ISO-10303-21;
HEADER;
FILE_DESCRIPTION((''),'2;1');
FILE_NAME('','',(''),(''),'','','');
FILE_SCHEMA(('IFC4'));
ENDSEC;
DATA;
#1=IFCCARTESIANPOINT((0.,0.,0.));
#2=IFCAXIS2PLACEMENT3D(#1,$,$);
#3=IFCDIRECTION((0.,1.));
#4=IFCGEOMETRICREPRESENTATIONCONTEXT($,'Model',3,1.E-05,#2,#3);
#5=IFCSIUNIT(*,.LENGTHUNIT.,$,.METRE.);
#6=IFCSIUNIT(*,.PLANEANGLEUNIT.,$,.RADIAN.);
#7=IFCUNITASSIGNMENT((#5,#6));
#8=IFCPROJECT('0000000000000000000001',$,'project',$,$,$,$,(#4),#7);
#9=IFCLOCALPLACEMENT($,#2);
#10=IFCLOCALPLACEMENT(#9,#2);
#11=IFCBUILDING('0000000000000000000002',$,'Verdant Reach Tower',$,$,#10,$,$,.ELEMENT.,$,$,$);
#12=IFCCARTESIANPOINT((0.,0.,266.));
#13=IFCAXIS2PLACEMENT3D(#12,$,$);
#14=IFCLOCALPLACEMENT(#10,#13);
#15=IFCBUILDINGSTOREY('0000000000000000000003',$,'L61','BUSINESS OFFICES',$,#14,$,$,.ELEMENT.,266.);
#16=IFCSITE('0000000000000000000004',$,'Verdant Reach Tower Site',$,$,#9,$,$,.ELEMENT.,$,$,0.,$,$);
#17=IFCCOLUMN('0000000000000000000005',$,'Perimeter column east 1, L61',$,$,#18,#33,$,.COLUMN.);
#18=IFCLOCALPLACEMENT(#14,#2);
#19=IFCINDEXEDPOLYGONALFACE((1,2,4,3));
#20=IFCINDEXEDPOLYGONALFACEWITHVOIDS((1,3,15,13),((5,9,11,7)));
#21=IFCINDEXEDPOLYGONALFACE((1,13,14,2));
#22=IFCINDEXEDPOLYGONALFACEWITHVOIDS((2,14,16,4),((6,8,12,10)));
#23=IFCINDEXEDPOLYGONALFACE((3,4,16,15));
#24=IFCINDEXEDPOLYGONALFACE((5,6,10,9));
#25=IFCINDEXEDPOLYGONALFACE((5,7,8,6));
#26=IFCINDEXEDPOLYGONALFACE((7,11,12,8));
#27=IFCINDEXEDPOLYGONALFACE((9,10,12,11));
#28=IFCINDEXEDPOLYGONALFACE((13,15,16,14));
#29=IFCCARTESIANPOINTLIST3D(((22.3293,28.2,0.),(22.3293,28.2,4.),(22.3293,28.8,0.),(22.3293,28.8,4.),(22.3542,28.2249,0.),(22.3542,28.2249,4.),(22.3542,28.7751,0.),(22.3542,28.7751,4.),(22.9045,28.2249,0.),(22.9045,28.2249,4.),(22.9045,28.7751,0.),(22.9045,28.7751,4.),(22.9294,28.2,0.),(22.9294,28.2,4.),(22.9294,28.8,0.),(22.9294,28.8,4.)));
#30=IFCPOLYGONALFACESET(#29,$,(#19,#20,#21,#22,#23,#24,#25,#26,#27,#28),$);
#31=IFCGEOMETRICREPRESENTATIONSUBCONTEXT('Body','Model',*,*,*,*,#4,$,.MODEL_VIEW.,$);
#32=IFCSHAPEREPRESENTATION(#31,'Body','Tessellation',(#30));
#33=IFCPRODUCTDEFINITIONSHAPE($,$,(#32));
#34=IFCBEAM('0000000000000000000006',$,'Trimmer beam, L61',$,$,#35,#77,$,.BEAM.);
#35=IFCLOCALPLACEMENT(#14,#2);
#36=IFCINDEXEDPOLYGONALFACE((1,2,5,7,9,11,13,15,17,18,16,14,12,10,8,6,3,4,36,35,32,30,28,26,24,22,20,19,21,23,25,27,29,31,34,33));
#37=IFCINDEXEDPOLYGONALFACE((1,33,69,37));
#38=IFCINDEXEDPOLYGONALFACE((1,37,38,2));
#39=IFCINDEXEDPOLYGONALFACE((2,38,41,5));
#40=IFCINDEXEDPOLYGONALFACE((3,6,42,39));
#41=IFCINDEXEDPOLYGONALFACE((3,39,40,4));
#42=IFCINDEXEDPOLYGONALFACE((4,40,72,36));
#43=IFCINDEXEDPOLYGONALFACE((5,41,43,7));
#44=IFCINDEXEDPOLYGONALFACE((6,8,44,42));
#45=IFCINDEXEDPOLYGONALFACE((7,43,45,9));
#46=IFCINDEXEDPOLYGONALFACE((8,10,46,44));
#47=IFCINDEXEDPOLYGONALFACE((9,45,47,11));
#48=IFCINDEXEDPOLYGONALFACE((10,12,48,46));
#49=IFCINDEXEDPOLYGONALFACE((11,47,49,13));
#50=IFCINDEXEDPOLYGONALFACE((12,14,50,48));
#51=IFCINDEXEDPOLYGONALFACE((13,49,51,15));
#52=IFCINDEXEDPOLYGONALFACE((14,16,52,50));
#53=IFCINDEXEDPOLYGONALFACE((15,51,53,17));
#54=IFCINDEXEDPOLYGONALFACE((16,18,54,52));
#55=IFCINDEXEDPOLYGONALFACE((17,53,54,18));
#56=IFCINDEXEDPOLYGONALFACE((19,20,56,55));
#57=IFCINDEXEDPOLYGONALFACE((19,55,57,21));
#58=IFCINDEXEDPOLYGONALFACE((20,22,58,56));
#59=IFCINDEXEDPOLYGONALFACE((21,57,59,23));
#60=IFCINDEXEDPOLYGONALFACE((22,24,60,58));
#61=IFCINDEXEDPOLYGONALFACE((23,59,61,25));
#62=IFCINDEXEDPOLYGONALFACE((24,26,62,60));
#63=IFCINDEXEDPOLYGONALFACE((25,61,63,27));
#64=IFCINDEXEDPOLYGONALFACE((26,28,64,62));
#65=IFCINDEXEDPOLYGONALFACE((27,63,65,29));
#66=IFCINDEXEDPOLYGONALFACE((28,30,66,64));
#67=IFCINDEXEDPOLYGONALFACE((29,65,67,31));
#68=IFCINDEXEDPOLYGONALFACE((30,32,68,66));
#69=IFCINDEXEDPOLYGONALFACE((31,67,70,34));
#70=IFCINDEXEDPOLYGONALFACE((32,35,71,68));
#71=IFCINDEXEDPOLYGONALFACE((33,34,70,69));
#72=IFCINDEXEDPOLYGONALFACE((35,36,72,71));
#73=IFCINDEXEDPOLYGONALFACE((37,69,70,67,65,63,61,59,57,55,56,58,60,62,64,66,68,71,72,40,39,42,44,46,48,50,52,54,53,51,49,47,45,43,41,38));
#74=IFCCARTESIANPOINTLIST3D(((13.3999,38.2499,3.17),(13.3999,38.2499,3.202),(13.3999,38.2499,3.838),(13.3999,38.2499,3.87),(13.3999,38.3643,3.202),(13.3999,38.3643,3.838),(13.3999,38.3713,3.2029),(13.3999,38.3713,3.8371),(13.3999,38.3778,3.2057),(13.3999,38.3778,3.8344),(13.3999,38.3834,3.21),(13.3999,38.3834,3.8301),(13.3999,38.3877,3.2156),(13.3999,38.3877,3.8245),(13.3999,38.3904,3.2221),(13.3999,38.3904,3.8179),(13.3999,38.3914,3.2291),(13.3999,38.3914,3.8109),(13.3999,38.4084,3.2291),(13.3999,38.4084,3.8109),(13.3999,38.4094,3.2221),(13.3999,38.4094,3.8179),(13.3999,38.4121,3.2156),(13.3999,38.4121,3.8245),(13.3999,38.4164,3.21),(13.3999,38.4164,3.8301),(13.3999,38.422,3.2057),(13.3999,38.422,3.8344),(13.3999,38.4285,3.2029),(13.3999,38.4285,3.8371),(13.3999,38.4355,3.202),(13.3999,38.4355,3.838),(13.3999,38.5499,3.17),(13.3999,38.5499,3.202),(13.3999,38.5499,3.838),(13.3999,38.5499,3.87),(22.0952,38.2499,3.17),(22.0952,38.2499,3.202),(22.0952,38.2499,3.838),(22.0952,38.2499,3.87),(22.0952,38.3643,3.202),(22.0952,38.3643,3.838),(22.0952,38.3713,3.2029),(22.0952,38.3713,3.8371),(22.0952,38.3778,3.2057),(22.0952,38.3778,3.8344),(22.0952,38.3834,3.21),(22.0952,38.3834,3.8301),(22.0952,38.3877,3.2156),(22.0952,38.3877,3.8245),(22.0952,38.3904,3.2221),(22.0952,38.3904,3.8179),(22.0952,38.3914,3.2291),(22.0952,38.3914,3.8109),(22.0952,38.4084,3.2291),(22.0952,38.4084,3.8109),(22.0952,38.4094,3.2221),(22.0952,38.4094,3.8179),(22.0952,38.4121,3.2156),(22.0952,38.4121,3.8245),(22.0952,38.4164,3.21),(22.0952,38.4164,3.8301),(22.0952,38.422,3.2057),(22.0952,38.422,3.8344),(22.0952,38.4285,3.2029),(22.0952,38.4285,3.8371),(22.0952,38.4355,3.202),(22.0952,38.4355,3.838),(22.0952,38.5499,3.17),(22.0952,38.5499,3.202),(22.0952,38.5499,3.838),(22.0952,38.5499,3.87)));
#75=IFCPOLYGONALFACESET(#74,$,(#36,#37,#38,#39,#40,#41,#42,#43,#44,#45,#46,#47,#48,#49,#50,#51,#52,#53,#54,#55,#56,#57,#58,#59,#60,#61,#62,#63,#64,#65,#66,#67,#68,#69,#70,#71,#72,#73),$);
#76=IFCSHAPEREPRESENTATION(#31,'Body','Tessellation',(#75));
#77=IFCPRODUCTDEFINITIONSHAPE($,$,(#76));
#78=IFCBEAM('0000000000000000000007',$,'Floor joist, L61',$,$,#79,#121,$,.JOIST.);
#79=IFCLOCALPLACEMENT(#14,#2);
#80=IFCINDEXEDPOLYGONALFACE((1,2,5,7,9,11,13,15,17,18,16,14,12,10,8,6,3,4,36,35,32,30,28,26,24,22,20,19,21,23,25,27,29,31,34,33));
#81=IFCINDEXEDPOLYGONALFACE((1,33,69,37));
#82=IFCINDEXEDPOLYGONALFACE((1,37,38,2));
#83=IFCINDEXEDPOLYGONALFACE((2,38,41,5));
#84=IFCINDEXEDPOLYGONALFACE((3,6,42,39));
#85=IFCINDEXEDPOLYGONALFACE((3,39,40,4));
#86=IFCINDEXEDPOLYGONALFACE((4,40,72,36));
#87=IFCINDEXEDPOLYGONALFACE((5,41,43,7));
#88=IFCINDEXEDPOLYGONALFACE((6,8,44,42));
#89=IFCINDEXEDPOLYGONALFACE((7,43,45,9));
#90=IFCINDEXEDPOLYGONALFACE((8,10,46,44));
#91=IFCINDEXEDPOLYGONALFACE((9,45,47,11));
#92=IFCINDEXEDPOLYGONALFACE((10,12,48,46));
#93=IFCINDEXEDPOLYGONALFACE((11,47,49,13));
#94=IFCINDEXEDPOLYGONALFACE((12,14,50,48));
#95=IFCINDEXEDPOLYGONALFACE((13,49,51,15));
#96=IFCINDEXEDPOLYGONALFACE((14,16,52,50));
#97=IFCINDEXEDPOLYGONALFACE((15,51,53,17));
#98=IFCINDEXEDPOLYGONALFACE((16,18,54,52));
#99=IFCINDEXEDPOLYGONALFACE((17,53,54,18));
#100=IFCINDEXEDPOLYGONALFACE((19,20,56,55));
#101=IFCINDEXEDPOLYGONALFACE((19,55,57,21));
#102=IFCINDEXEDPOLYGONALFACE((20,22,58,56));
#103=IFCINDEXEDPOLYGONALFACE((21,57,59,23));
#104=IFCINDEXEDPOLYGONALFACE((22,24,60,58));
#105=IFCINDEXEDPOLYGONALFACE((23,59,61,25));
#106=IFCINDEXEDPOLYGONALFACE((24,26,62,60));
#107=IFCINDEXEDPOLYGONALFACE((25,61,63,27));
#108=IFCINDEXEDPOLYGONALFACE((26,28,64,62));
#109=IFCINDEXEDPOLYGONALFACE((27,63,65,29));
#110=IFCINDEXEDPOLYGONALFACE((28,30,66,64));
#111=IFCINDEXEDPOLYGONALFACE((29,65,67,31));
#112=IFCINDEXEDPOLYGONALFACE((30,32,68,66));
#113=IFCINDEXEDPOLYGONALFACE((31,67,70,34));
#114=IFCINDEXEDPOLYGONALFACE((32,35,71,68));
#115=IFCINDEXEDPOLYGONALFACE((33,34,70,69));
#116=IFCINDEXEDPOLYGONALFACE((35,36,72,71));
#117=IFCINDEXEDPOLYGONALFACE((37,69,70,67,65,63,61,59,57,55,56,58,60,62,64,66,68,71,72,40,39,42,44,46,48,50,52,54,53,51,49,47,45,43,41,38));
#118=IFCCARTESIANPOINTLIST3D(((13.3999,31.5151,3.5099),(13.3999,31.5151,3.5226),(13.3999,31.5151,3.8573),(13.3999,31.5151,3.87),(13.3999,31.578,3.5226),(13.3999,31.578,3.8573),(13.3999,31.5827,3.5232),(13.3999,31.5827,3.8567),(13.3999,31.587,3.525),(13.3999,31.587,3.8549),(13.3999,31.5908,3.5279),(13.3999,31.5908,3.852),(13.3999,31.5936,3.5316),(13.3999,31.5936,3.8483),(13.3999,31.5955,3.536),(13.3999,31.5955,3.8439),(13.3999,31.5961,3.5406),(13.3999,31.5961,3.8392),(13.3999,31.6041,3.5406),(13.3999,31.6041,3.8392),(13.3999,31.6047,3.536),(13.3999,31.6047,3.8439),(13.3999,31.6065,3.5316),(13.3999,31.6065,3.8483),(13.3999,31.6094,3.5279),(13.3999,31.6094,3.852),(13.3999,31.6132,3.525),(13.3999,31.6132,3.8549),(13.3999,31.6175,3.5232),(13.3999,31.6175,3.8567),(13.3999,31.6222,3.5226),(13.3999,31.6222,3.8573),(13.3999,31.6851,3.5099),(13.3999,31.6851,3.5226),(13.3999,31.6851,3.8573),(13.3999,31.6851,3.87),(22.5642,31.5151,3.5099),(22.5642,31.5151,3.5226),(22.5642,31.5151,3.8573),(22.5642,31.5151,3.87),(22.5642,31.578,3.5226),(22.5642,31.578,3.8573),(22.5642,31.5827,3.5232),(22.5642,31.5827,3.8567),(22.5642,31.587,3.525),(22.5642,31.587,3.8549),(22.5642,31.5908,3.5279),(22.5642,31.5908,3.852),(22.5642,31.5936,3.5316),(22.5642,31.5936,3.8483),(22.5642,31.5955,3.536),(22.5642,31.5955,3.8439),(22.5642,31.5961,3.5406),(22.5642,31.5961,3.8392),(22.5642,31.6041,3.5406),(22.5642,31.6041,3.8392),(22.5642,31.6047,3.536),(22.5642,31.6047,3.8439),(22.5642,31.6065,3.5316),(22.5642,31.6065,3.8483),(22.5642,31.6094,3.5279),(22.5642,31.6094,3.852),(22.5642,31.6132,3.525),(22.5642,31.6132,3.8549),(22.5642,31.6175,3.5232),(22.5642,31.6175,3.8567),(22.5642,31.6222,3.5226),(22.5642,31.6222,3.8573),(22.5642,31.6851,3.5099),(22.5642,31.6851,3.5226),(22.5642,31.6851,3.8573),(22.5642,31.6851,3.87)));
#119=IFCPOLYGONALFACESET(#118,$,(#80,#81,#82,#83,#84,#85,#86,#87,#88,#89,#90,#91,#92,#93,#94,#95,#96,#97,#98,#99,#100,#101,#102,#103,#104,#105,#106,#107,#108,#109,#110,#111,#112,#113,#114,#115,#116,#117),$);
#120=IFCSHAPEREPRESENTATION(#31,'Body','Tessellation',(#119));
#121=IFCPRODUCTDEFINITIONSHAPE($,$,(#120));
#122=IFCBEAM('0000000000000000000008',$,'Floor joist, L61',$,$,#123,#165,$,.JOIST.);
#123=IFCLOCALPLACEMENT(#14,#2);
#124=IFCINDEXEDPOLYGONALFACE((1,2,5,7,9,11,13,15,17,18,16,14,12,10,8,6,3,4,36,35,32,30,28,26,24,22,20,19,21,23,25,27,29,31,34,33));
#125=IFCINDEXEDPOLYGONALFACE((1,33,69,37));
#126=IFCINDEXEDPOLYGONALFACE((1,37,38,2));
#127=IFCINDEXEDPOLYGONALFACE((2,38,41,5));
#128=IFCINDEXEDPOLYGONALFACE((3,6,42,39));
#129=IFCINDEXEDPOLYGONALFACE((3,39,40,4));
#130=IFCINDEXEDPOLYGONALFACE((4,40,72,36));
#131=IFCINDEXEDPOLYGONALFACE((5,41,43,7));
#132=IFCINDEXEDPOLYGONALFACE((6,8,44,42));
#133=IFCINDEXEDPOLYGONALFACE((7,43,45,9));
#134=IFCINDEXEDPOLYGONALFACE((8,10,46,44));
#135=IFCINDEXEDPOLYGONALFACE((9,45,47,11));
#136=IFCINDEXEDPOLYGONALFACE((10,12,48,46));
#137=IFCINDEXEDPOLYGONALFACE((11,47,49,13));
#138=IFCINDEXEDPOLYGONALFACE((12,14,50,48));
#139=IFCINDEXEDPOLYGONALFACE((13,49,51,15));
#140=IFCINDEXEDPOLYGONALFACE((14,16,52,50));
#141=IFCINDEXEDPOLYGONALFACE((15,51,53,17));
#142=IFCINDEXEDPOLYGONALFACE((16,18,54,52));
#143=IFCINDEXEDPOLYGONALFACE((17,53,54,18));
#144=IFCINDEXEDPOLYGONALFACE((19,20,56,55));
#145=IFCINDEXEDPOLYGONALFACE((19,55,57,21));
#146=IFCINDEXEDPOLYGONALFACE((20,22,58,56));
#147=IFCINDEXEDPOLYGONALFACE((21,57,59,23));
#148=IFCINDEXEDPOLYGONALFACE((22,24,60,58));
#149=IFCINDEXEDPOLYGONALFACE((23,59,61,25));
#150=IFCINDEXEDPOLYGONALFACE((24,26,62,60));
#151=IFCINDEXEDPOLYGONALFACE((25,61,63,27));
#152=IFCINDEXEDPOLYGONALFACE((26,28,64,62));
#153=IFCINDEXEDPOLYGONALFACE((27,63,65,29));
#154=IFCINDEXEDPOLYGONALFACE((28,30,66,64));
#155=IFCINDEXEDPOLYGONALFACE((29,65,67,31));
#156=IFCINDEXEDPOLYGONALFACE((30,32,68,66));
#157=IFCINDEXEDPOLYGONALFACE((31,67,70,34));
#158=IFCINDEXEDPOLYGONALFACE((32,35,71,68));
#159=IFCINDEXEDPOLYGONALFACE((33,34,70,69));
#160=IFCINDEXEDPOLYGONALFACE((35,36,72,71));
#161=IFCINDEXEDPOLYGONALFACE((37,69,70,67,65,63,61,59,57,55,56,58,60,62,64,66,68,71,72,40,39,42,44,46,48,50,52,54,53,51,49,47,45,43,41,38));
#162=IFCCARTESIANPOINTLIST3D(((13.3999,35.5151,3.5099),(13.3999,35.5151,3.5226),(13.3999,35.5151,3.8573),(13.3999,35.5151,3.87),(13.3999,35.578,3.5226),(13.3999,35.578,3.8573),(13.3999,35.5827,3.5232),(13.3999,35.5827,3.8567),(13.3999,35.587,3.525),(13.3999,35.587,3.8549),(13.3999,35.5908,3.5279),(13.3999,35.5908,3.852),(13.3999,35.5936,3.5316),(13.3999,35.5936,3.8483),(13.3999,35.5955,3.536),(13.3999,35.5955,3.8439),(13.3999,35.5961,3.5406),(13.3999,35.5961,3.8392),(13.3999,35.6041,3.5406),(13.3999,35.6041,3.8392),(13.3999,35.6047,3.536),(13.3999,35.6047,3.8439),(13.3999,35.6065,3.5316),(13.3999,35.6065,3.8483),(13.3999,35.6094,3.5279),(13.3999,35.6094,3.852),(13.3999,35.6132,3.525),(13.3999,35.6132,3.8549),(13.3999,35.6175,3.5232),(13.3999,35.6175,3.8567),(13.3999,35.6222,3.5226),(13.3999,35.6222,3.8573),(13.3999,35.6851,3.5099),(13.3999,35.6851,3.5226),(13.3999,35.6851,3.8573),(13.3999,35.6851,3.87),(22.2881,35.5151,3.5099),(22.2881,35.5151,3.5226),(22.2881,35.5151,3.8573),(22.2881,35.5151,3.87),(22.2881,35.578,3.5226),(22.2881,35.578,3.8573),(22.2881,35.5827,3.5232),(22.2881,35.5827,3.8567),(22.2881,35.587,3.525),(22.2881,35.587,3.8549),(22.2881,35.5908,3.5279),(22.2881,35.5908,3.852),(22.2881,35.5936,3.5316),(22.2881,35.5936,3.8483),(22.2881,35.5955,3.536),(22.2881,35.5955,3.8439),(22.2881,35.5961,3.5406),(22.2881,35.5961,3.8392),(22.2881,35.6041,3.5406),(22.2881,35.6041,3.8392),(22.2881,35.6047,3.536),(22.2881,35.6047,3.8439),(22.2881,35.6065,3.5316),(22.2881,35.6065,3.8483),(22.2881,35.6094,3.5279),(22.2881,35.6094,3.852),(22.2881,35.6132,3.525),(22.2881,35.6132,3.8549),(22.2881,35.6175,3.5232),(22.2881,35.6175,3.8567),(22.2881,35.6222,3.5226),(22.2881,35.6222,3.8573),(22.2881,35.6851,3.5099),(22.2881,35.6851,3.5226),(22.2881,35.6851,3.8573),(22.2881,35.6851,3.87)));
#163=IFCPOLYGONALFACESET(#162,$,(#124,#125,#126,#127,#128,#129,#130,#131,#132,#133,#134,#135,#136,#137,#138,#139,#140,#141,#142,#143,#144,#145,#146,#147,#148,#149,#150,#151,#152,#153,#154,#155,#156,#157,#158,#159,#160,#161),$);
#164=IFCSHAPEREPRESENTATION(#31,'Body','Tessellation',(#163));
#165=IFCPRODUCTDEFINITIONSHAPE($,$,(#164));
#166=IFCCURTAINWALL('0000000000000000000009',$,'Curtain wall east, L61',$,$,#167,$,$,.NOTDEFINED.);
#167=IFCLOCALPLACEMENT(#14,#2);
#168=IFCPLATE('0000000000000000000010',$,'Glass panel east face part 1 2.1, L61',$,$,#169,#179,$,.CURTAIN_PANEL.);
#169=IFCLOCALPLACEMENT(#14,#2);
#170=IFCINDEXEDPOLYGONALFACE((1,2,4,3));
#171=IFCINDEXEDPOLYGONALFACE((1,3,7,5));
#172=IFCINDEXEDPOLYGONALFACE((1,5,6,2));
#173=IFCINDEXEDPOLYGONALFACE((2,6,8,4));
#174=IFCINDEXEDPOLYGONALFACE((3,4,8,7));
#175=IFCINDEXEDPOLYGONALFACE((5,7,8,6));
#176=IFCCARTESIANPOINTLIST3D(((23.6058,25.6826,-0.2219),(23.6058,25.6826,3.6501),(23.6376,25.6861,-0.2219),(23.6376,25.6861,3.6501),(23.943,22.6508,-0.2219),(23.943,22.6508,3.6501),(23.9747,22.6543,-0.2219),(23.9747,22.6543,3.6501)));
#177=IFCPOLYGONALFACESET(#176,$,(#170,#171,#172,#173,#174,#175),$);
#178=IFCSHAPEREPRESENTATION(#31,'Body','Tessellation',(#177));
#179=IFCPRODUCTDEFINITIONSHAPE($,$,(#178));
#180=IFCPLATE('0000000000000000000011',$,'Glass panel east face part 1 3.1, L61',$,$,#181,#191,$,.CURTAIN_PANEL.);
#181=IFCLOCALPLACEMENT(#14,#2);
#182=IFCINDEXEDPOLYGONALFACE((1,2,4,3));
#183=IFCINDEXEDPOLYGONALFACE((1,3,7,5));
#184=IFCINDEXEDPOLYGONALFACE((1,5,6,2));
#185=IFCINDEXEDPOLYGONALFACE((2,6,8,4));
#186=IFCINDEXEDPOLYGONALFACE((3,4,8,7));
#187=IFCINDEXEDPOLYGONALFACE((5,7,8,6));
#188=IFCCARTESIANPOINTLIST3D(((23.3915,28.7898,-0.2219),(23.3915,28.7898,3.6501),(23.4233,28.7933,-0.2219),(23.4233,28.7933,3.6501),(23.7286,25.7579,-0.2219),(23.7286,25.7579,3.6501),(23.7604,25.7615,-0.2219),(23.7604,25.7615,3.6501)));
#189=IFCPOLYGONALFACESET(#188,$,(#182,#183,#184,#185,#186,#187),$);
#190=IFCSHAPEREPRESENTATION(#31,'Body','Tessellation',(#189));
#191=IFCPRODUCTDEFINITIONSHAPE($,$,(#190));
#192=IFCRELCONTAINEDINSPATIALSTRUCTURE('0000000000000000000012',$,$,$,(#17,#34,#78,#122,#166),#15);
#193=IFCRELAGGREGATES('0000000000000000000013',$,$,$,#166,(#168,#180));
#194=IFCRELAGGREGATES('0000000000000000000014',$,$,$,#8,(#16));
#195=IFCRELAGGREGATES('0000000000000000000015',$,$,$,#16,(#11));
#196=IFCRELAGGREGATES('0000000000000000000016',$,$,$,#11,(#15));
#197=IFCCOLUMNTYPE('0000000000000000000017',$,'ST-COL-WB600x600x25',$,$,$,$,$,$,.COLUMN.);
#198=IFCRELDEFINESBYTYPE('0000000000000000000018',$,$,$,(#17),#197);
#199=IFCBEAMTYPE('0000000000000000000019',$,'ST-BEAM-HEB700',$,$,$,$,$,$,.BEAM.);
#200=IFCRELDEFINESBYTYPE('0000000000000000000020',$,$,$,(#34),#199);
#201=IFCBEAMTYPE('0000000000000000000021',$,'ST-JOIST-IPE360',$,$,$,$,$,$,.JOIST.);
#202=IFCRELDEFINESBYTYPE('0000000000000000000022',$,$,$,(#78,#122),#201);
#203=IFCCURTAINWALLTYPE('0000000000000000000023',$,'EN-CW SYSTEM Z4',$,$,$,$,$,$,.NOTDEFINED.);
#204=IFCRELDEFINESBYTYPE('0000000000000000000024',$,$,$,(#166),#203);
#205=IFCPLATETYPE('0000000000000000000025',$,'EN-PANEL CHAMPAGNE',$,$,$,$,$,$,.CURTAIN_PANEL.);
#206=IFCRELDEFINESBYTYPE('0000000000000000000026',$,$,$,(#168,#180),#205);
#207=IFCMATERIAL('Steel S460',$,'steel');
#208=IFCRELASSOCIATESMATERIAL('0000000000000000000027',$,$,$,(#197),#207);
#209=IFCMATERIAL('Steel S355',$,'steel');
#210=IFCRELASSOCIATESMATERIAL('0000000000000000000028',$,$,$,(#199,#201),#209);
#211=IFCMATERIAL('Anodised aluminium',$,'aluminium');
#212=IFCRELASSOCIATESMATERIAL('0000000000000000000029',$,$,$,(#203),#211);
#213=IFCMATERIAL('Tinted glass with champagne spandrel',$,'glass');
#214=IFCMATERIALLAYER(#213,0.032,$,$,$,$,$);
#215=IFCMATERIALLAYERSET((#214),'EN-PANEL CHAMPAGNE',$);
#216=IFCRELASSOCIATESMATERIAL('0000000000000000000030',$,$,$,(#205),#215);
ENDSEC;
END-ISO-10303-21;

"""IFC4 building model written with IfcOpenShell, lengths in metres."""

from ifc_helpers import new_model, si_unit, direction, frame, origin, origin_2d, place, context, subcontext, project, spatial, rectangle, hollow_rectangle, i_section, extrude, material, layer, layer_set, material_profile, profile_set, type_object, element, aggregate, save


model = new_model("IFC4")

# Units and contexts
model_context = context("Model", 3, precision=1e-05, world=origin(), true_north=direction((0.0, 1.0)))
body_context = subcontext(model_context, "Body", "Model", "MODEL_VIEW")
ifc_project = project(units=[si_unit("LENGTHUNIT", "METRE"), si_unit("PLANEANGLEUNIT", "RADIAN")], contexts=[model_context])

# Site, building, storey
site_placement = place(None, origin())
site = spatial("IfcSite", under=ifc_project, at=site_placement, Name="Verdant Reach Tower Site", CompositionType="ELEMENT", RefElevation=0.0)
building_placement = place(site_placement, origin())
building = spatial("IfcBuilding", under=site, at=building_placement, Name="Verdant Reach Tower", CompositionType="ELEMENT")
storey_placement = place(building_placement, frame((0.0, 0.0, 266.0)))
storey = spatial("IfcBuildingStorey", under=building, at=storey_placement, Name="L61", Description="BUSINESS OFFICES", CompositionType="ELEMENT", Elevation=266.0)

# Column
ifc_material_1 = material(Name="Steel S460", Category="steel")
ifc_material_profile_1 = material_profile(ifc_material_1, hollow_rectangle(XDim=0.6001, YDim=0.6001, WallThickness=0.0249, at=origin_2d()), Name="WB 600x600x25")
ifc_profile_set_1 = profile_set([ifc_material_profile_1], Name="Steel S460")
column_type = type_object("IfcColumnType", Name="ST-COL-WB600x600x25", PredefinedType="COLUMN", material=ifc_profile_set_1)
column_placement = place(storey_placement, frame((22.6294, 28.5, 0.0), z_axis=(0.0, 0.0, 1.0), x_axis=(1.0, 0.0, 0.0)))
element("IfcColumn", 1, at=column_placement, inside=storey, type_object=column_type, Name="Perimeter column east 1, L61", PredefinedType="COLUMN", context=body_context, shape_type="SweptSolid", body=[
    extrude(hollow_rectangle(XDim=0.6001, YDim=0.6001, WallThickness=0.0249, at=origin_2d()), origin(), (0.0, 0.0, 1.0), 4.0),
])

# Beams
ifc_material_2 = material(Name="Steel S355", Category="steel")
ifc_material_profile_2 = material_profile(ifc_material_2, i_section(OverallWidth=0.3, OverallDepth=0.7, WebThickness=0.0171, FlangeThickness=0.032, FilletRadius=0.0271, at=origin_2d()), Name="HEB 700")
ifc_profile_set_2 = profile_set([ifc_material_profile_2], Name="Steel S355")
beam_type_1 = type_object("IfcBeamType", Name="ST-BEAM-HEB700", PredefinedType="BEAM", material=ifc_profile_set_2)
beam_1_placement = place(storey_placement, frame((13.3999, 38.3999, 3.52), z_axis=(1.0, 0.0, 0.0), x_axis=(0.0, 1.0, 0.0)))
element("IfcBeam", 2, at=beam_1_placement, inside=storey, type_object=beam_type_1, Name="Trimmer beam, L61", PredefinedType="BEAM", context=body_context, shape_type="SweptSolid", body=[
    extrude(i_section(OverallWidth=0.3, OverallDepth=0.7, WebThickness=0.0171, FlangeThickness=0.032, FilletRadius=0.0271, at=origin_2d()), origin(), (0.0, 0.0, 1.0), 8.6953),
])
ifc_material_profile_3 = material_profile(ifc_material_2, i_section(OverallWidth=0.1699, OverallDepth=0.3601, WebThickness=0.0081, FlangeThickness=0.0127, FilletRadius=0.0181, at=origin_2d()), Name="IPE 360")
ifc_profile_set_3 = profile_set([ifc_material_profile_3], Name="Steel S355")
beam_type_2 = type_object("IfcBeamType", Name="ST-JOIST-IPE360", PredefinedType="JOIST", material=ifc_profile_set_3)
beam_2_placement = place(storey_placement, frame((13.3999, 31.6001, 3.6899), z_axis=(1.0, 0.0, 0.0), x_axis=(0.0, 1.0, 0.0)))
element("IfcBeam", 3, at=beam_2_placement, inside=storey, type_object=beam_type_2, Name="Floor joist, L61", PredefinedType="JOIST", context=body_context, shape_type="SweptSolid", body=[
    extrude(i_section(OverallWidth=0.1699, OverallDepth=0.3601, WebThickness=0.0081, FlangeThickness=0.0127, FilletRadius=0.0181, at=origin_2d()), origin(), (0.0, 0.0, 1.0), 9.1643),
])
beam_3_placement = place(storey_placement, frame((13.3999, 35.6001, 3.6899), z_axis=(1.0, 0.0, 0.0), x_axis=(0.0, 1.0, 0.0)))
element("IfcBeam", 4, at=beam_3_placement, inside=storey, type_object=beam_type_2, Name="Floor joist, L61", PredefinedType="JOIST", context=body_context, shape_type="SweptSolid", body=[
    extrude(i_section(OverallWidth=0.1699, OverallDepth=0.3601, WebThickness=0.0081, FlangeThickness=0.0127, FilletRadius=0.0181, at=origin_2d()), origin(), (0.0, 0.0, 1.0), 8.8882),
])

# Curtain wall, plates
ifc_material_3 = material(Name="Anodised aluminium", Category="aluminium")
curtain_wall_type = type_object("IfcCurtainWallType", Name="EN-CW SYSTEM Z4", PredefinedType="NOTDEFINED", material=ifc_material_3)
curtain_wall_placement = place(storey_placement, origin())
curtain_wall = element("IfcCurtainWall", 5, at=curtain_wall_placement, inside=storey, type_object=curtain_wall_type, Name="Curtain wall east, L61", PredefinedType="NOTDEFINED")
ifc_material_4 = material(Name="Tinted glass with champagne spandrel", Category="glass")
ifc_layer_1 = layer(ifc_material_4, 0.032)
ifc_layer_set_1 = layer_set([ifc_layer_1], Name="EN-PANEL CHAMPAGNE")
plate_type_1 = type_object("IfcPlateType", Name="EN-PANEL CHAMPAGNE", PredefinedType="CURTAIN_PANEL", material=ifc_layer_set_1)
plate_1_placement = place(storey_placement, frame((23.7903, 24.1685, -0.2219), z_axis=(0.0, 0.0, 1.0), x_axis=(-0.110518, 0.993874, 0.0)))
plate_1 = element("IfcPlate", 6, at=plate_1_placement, type_object=plate_type_1, Name="Glass panel east face part 1 2.1, L61", PredefinedType="CURTAIN_PANEL", context=body_context, shape_type="SweptSolid", body=[
    extrude(rectangle(XDim=3.0505, YDim=0.032, at=origin_2d()), origin(), (0.0, 0.0, 1.0), 3.8721),
])
plate_2_placement = place(storey_placement, frame((23.5759, 27.2756, -0.2219), z_axis=(0.0, 0.0, 1.0), x_axis=(-0.110518, 0.993874, 0.0)))
plate_2 = element("IfcPlate", 7, at=plate_2_placement, type_object=plate_type_1, Name="Glass panel east face part 1 3.1, L61", PredefinedType="CURTAIN_PANEL", context=body_context, shape_type="SweptSolid", body=[
    extrude(rectangle(XDim=3.0505, YDim=0.032, at=origin_2d()), origin(), (0.0, 0.0, 1.0), 3.8721),
])
aggregate(curtain_wall, [plate_1, plate_2])

save(model, "model.ifc")
